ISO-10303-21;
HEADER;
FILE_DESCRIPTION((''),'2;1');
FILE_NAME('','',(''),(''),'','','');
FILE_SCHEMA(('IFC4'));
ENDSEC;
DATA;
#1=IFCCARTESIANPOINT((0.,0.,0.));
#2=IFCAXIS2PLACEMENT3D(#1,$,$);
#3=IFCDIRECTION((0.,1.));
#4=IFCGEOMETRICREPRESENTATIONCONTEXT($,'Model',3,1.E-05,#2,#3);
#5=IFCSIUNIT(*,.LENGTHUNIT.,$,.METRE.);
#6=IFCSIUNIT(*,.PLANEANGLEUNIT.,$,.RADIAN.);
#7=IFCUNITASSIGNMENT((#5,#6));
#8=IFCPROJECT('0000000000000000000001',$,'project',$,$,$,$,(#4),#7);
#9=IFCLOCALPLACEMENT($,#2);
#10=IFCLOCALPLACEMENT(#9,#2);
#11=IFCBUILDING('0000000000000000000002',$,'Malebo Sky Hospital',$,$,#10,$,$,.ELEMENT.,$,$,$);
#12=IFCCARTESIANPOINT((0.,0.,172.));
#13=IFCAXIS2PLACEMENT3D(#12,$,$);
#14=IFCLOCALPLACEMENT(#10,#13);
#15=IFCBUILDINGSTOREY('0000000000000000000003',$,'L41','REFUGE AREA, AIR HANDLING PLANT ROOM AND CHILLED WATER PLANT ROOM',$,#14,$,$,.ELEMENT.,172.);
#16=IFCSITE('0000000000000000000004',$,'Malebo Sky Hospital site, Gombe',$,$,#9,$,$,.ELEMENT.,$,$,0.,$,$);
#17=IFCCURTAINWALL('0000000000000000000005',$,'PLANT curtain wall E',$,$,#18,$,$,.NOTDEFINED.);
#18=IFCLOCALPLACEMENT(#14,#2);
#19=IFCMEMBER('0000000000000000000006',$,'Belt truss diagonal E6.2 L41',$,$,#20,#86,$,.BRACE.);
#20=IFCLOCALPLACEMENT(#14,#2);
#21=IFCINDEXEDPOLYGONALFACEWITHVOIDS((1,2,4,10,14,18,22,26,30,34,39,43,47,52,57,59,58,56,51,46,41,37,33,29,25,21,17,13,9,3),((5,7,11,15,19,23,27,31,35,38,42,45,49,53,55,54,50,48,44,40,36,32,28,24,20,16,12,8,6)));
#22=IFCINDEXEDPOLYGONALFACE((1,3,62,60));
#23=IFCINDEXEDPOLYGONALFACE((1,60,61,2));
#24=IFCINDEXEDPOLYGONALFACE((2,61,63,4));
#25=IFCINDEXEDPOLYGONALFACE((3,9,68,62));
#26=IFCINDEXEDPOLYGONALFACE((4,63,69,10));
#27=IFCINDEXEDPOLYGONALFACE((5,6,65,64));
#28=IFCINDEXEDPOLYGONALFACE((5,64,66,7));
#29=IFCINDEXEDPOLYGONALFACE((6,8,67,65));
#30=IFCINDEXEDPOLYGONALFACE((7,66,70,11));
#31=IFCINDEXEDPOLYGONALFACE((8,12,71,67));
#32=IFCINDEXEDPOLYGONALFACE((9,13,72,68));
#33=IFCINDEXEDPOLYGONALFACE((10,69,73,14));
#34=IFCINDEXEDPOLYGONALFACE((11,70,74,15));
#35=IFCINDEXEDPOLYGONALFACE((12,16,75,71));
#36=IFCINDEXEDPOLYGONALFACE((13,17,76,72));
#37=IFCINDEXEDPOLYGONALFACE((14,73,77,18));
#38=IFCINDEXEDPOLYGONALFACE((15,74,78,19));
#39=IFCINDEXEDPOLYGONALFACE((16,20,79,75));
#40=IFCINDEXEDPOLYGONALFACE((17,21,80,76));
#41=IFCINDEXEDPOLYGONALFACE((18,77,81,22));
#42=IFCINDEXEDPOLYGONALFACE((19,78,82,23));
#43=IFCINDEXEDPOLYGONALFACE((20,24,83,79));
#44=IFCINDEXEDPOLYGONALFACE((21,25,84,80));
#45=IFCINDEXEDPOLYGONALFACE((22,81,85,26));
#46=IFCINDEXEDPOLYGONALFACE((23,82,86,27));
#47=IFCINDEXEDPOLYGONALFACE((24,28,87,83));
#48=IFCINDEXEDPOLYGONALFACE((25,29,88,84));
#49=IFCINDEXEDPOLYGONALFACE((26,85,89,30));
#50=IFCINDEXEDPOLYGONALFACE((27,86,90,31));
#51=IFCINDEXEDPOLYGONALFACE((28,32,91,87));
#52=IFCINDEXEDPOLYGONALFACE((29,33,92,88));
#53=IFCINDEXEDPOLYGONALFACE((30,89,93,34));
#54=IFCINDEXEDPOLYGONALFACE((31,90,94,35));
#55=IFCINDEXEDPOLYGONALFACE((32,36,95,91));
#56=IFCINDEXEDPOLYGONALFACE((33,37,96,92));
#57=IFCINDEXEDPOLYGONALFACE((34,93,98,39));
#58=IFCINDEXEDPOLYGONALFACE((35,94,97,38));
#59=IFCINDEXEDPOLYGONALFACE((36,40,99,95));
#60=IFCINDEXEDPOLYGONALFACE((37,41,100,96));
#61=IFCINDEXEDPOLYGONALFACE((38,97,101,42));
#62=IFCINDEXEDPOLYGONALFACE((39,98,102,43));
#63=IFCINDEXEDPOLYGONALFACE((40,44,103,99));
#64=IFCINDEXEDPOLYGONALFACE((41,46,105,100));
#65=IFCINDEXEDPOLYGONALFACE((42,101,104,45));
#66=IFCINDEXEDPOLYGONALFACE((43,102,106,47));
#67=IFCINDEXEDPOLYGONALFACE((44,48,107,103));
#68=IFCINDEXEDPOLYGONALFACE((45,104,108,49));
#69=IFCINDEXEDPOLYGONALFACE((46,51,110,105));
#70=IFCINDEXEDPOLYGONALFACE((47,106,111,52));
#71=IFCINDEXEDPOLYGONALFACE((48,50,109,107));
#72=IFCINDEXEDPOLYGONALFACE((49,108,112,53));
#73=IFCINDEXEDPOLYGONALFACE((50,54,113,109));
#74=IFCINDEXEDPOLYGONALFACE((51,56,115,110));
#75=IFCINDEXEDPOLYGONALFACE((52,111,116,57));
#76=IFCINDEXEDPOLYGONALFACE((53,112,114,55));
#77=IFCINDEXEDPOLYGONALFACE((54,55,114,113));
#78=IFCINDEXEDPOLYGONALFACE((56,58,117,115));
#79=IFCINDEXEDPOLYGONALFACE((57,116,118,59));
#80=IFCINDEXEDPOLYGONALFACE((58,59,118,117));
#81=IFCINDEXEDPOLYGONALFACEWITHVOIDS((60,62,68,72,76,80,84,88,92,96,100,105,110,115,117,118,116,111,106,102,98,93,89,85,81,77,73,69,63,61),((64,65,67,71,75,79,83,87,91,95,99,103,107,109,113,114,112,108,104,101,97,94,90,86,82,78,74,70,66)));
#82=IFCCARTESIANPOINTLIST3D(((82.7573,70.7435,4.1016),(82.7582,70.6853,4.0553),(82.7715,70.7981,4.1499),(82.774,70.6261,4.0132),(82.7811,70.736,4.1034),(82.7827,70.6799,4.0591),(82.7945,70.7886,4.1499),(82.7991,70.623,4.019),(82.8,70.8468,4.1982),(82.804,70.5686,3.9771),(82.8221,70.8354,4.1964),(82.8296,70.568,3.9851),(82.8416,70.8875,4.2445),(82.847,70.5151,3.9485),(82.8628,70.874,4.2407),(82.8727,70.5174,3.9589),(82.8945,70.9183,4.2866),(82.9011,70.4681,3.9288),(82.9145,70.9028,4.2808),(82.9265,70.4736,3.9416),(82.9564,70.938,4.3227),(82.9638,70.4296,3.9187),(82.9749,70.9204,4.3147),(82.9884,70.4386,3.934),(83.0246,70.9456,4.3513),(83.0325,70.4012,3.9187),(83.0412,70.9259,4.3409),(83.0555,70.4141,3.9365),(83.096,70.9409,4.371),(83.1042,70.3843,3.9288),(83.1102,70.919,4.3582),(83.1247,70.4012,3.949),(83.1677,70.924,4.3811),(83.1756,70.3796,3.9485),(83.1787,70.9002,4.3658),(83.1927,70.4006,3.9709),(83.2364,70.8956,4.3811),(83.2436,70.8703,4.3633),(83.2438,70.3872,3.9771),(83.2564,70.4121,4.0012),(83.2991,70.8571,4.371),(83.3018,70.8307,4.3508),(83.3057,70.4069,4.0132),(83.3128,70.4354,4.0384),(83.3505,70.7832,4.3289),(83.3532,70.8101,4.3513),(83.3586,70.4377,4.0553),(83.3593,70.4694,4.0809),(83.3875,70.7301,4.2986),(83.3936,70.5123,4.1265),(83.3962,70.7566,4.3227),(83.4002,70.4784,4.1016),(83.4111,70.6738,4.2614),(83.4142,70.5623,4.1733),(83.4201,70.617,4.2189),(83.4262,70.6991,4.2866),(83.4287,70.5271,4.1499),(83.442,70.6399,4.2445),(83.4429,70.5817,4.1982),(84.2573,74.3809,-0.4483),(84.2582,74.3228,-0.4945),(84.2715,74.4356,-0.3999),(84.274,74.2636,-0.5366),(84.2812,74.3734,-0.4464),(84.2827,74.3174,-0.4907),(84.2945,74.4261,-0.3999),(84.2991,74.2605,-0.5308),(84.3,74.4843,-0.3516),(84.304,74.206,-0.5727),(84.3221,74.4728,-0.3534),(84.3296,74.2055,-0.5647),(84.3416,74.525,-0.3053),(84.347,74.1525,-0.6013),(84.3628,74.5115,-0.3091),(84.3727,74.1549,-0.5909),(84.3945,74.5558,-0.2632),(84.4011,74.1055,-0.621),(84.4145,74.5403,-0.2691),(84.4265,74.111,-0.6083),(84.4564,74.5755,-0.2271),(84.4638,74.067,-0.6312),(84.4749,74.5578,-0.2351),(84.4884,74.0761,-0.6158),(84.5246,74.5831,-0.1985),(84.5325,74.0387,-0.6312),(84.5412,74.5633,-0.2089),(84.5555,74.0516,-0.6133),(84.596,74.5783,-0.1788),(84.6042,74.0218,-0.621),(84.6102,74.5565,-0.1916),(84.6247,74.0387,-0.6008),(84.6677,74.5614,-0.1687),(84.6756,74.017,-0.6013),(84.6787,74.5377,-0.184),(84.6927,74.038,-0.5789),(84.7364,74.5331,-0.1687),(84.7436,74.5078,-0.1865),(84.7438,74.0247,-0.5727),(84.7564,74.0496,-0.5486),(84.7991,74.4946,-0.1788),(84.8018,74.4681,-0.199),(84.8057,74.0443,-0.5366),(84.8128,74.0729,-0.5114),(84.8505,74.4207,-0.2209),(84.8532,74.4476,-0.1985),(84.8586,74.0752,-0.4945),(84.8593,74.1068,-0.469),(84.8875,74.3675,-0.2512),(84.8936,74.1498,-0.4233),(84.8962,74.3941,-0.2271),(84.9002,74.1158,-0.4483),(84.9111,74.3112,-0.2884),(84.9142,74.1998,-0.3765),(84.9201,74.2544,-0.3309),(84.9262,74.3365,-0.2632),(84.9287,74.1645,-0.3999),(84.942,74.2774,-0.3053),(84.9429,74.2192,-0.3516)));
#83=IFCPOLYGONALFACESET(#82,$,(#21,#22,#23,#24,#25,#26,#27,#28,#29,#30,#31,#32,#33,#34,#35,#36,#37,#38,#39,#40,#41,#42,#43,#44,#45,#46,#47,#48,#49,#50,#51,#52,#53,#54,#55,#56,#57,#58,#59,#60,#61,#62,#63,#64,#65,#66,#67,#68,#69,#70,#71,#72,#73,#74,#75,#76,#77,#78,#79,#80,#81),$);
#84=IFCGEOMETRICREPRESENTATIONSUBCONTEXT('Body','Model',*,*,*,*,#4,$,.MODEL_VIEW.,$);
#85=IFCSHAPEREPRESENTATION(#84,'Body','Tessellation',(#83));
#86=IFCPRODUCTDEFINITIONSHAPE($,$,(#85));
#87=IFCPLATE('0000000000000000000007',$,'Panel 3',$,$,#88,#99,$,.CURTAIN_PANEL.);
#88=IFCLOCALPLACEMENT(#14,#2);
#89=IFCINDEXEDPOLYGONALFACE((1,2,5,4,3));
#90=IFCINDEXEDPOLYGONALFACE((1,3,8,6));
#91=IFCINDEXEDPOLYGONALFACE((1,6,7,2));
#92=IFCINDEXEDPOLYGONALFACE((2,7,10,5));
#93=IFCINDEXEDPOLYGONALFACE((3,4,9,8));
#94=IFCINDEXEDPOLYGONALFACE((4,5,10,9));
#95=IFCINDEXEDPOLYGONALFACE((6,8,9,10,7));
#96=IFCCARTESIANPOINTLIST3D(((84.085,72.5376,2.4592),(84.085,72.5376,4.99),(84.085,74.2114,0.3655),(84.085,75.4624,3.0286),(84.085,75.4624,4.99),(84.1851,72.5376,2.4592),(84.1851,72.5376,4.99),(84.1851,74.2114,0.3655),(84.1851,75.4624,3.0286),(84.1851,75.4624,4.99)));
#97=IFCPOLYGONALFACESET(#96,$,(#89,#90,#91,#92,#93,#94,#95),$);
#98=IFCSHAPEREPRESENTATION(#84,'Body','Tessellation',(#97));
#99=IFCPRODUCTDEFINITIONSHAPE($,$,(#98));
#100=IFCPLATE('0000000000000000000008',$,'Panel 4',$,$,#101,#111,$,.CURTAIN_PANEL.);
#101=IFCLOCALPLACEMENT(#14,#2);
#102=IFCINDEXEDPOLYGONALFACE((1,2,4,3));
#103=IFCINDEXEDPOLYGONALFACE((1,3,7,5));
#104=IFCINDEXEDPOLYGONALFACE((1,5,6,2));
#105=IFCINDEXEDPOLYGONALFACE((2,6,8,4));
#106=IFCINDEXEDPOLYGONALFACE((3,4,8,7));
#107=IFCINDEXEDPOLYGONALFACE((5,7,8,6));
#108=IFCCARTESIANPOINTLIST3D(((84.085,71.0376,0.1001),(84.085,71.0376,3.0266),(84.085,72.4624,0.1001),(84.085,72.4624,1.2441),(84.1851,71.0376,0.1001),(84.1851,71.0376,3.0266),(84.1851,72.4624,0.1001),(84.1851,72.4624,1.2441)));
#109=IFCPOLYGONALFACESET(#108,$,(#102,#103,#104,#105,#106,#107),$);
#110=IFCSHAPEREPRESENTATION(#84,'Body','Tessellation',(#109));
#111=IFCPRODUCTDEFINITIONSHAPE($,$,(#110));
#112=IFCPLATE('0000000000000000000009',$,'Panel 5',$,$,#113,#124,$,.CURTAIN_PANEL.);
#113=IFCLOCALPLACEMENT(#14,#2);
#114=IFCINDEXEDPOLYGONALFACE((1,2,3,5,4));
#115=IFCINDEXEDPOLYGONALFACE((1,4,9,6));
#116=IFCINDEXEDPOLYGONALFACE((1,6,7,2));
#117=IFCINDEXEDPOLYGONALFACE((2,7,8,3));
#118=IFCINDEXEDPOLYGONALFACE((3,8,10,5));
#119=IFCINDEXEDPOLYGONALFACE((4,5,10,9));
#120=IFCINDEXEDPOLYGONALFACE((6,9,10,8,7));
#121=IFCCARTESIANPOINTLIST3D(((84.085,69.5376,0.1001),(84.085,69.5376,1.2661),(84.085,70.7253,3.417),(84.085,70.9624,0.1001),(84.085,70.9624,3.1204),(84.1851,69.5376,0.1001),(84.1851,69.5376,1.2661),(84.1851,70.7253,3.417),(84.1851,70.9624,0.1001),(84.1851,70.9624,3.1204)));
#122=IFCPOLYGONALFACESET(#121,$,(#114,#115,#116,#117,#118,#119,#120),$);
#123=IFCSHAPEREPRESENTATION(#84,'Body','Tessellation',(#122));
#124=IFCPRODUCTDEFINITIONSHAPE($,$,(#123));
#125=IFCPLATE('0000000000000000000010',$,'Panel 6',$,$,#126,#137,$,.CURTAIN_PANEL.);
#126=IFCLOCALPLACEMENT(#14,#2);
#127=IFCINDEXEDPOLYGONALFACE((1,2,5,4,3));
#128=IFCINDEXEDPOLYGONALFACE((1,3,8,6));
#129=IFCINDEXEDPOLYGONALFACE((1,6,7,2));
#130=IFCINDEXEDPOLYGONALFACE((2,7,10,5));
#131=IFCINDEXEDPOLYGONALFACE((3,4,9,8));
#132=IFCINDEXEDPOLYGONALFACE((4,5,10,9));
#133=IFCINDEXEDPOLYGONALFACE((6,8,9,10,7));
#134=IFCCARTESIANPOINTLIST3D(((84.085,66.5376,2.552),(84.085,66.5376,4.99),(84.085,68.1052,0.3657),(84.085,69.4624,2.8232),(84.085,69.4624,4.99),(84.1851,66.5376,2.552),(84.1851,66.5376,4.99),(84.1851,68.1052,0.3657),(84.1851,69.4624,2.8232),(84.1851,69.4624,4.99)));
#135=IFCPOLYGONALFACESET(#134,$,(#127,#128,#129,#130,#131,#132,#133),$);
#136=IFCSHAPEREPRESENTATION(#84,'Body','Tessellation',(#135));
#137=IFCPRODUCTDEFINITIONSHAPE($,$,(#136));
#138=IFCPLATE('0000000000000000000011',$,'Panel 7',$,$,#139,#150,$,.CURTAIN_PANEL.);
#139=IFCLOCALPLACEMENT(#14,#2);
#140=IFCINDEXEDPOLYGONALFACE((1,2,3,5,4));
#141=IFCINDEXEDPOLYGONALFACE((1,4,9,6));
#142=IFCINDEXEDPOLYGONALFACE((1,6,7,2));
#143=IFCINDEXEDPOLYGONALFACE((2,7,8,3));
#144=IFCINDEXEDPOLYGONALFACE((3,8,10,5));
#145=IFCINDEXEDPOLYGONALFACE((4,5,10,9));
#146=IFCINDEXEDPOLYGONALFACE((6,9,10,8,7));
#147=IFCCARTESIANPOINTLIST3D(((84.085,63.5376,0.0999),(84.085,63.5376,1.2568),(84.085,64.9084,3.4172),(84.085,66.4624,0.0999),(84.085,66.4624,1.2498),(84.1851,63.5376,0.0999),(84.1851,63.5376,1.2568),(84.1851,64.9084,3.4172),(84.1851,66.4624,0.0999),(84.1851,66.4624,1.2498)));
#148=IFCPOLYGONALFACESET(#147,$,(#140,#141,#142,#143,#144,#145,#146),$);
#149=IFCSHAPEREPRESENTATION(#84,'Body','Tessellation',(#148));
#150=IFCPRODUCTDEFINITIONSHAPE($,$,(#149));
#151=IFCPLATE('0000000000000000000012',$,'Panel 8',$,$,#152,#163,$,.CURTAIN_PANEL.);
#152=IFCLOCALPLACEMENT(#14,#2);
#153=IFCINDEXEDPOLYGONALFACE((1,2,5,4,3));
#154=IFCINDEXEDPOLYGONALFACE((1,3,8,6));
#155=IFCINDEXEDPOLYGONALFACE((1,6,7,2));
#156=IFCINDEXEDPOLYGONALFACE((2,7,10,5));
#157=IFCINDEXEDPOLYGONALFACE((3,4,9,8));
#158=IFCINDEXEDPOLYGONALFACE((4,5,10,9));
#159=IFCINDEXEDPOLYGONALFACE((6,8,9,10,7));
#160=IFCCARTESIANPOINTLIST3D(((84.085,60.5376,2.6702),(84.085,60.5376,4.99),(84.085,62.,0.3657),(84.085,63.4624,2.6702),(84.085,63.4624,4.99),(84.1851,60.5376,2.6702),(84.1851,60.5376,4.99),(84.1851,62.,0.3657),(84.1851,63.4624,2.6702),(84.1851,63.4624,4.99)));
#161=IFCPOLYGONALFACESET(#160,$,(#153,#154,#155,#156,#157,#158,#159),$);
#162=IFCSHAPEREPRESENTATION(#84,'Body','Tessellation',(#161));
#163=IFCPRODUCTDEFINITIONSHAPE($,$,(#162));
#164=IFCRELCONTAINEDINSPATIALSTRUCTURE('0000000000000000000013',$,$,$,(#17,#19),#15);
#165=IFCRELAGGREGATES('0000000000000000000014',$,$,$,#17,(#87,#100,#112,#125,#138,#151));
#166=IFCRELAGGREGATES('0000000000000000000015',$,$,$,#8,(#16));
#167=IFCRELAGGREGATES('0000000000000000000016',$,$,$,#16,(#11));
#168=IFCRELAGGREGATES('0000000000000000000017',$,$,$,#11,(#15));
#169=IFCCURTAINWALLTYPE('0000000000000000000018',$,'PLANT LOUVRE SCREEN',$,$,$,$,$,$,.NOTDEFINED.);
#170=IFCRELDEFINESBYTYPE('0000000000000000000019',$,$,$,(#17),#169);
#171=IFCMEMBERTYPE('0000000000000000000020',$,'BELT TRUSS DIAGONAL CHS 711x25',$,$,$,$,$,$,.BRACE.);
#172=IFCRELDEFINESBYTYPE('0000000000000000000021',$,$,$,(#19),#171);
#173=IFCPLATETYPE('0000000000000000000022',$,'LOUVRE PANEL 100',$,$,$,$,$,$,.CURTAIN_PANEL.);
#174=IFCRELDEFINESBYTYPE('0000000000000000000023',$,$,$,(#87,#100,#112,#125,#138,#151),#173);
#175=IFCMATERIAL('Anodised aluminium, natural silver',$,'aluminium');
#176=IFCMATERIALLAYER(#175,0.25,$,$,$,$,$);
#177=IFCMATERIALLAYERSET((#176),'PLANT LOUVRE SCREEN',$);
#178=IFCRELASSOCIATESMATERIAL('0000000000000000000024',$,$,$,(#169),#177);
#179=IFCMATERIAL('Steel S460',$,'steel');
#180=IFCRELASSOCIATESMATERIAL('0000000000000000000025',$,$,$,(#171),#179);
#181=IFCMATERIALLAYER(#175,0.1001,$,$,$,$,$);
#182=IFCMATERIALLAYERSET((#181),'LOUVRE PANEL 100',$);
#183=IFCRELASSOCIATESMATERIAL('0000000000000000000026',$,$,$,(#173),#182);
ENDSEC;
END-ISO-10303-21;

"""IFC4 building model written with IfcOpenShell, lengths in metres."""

from ifc_helpers import new_model, si_unit, direction, frame, origin, origin_2d, place, context, subcontext, project, spatial, polyline, hollow_circle, outline, extrude, material, layer, layer_set, material_profile, profile_set, type_object, element, aggregate, save


model = new_model("IFC4")

# Units and contexts
model_context = context("Model", 3, precision=1e-05, world=origin(), true_north=direction((0.0, 1.0)))
body_context = subcontext(model_context, "Body", "Model", "MODEL_VIEW")
ifc_project = project(units=[si_unit("LENGTHUNIT", "METRE"), si_unit("PLANEANGLEUNIT", "RADIAN")], contexts=[model_context])

# Site, building, storey
site_placement = place(None, origin())
site = spatial("IfcSite", under=ifc_project, at=site_placement, Name="Malebo Sky Hospital site, Gombe", CompositionType="ELEMENT", RefElevation=0.0)
building_placement = place(site_placement, origin())
building = spatial("IfcBuilding", under=site, at=building_placement, Name="Malebo Sky Hospital", CompositionType="ELEMENT")
storey_placement = place(building_placement, frame((0.0, 0.0, 172.0)))
storey = spatial("IfcBuildingStorey", under=building, at=storey_placement, Name="L41", Description="REFUGE AREA, AIR HANDLING PLANT ROOM AND CHILLED WATER PLANT ROOM", CompositionType="ELEMENT", Elevation=172.0)

# Curtain wall
ifc_material_1 = material(Name="Anodised aluminium, natural silver", Category="aluminium")
ifc_layer_1 = layer(ifc_material_1, 0.25)
ifc_layer_set_1 = layer_set([ifc_layer_1], Name="PLANT LOUVRE SCREEN")
curtain_wall_type = type_object("IfcCurtainWallType", Name="PLANT LOUVRE SCREEN", PredefinedType="NOTDEFINED", material=ifc_layer_set_1)
curtain_wall_placement = place(storey_placement, origin())
curtain_wall = element("IfcCurtainWall", 1, at=curtain_wall_placement, inside=storey, type_object=curtain_wall_type, Name="PLANT curtain wall E", PredefinedType="NOTDEFINED")

# Member
ifc_material_2 = material(Name="Steel S460", Category="steel")
ifc_material_profile_1 = material_profile(ifc_material_2, hollow_circle(Radius=0.3555, WallThickness=0.0249, at=origin_2d()), Name="CHS 711x25")
ifc_profile_set_1 = profile_set([ifc_material_profile_1], Name="Steel S460")
member_type_1 = type_object("IfcMemberType", Name="BELT TRUSS DIAGONAL CHS 711x25", PredefinedType="BRACE", material=ifc_profile_set_1)
member_1_placement = place(storey_placement, frame((83.1001, 70.6626, 4.1499), z_axis=(0.249371, 0.604717, -0.756394), x_axis=(-0.924479, 0.381233, 0.0)))
element("IfcMember", 2, at=member_1_placement, inside=storey, type_object=member_type_1, Name="Belt truss diagonal E6.2 L41", PredefinedType="BRACE", context=body_context, shape_type="SweptSolid", body=[
    extrude(hollow_circle(Radius=0.3555, WallThickness=0.0249, at=origin_2d()), origin(), (0.0, 0.0, 1.0), 6.0151),
])

# Plates
ifc_layer_2 = layer(ifc_material_1, 0.1001)
ifc_layer_set_2 = layer_set([ifc_layer_2], Name="LOUVRE PANEL 100")
plate_type = type_object("IfcPlateType", Name="LOUVRE PANEL 100", PredefinedType="CURTAIN_PANEL", material=ifc_layer_set_2)
plate_1_placement = place(storey_placement, frame((84.135, 74.0, 0.3655), z_axis=(0.0, 0.0, 1.0), x_axis=(0.0, -1.0, 0.0)))
plate_1 = element("IfcPlate", 3, at=plate_1_placement, type_object=plate_type, Name="Panel 3", PredefinedType="CURTAIN_PANEL", context=body_context, shape_type="SweptSolid", body=[
    extrude(outline(polyline([(-0.2114, 0.0), (1.4624, 2.0938), (1.4624, 4.6245), (-1.4624, 4.6245), (-1.4624, 2.6631), (-0.2114, 0.0)])), frame((0.0, 0.05, 0.0), z_axis=(0.0, -1.0, 0.0), x_axis=(1.0, 0.0, 0.0)), (0.0, 0.0, 1.0), 0.1001),
])
plate_2_placement = place(storey_placement, frame((84.135, 71.75, 0.1001), z_axis=(0.0, 0.0, 1.0), x_axis=(0.0, -1.0, 0.0)))
plate_2 = element("IfcPlate", 4, at=plate_2_placement, type_object=plate_type, Name="Panel 4", PredefinedType="CURTAIN_PANEL", context=body_context, shape_type="SweptSolid", body=[
    extrude(outline(polyline([(-0.7124, 0.0), (0.7124, 0.0), (0.7124, 2.9265), (-0.7124, 1.144), (-0.7124, 0.0)])), frame((0.0, 0.05, 0.0), z_axis=(0.0, -1.0, 0.0), x_axis=(1.0, 0.0, 0.0)), (0.0, 0.0, 1.0), 0.1001),
])
plate_3_placement = place(storey_placement, frame((84.135, 70.25, 0.1001), z_axis=(0.0, 0.0, 1.0), x_axis=(0.0, -1.0, 0.0)))
plate_3 = element("IfcPlate", 5, at=plate_3_placement, type_object=plate_type, Name="Panel 5", PredefinedType="CURTAIN_PANEL", context=body_context, shape_type="SweptSolid", body=[
    extrude(outline(polyline([(-0.7124, 0.0), (0.7124, 0.0), (0.7124, 1.166), (-0.4753, 3.3169), (-0.7124, 3.0203), (-0.7124, 0.0)])), frame((0.0, 0.05, 0.0), z_axis=(0.0, -1.0, 0.0), x_axis=(1.0, 0.0, 0.0)), (0.0, 0.0, 1.0), 0.1001),
])
plate_4_placement = place(storey_placement, frame((84.135, 68.0, 0.3657), z_axis=(0.0, 0.0, 1.0), x_axis=(0.0, -1.0, 0.0)))
plate_4 = element("IfcPlate", 6, at=plate_4_placement, type_object=plate_type, Name="Panel 6", PredefinedType="CURTAIN_PANEL", context=body_context, shape_type="SweptSolid", body=[
    extrude(outline(polyline([(-0.1052, 0.0), (1.4624, 2.1863), (1.4624, 4.6243), (-1.4624, 4.6243), (-1.4624, 2.4575), (-0.1052, 0.0)])), frame((0.0, 0.05, 0.0), z_axis=(0.0, -1.0, 0.0), x_axis=(1.0, 0.0, 0.0)), (0.0, 0.0, 1.0), 0.1001),
])
plate_5_placement = place(storey_placement, frame((84.135, 65.0, 0.0999), z_axis=(0.0, 0.0, 1.0), x_axis=(0.0, -1.0, 0.0)))
plate_5 = element("IfcPlate", 7, at=plate_5_placement, type_object=plate_type, Name="Panel 7", PredefinedType="CURTAIN_PANEL", context=body_context, shape_type="SweptSolid", body=[
    extrude(outline(polyline([(-1.4624, 0.0), (1.4624, 0.0), (1.4624, 1.157), (0.0916, 3.3174), (-1.4624, 1.1499), (-1.4624, 0.0)])), frame((0.0, 0.05, 0.0), z_axis=(0.0, -1.0, 0.0), x_axis=(1.0, 0.0, 0.0)), (0.0, 0.0, 1.0), 0.1001),
])
plate_6_placement = place(storey_placement, frame((84.135, 62.0, 0.3657), z_axis=(0.0, 0.0, 1.0), x_axis=(0.0, -1.0, 0.0)))
plate_6 = element("IfcPlate", 8, at=plate_6_placement, type_object=plate_type, Name="Panel 8", PredefinedType="CURTAIN_PANEL", context=body_context, shape_type="SweptSolid", body=[
    extrude(outline(polyline([(0.0, 0.0), (1.4624, 2.3044), (1.4624, 4.6243), (-1.4624, 4.6243), (-1.4624, 2.3044), (0.0, 0.0)])), frame((0.0, 0.05, 0.0), z_axis=(0.0, -1.0, 0.0), x_axis=(1.0, 0.0, 0.0)), (0.0, 0.0, 1.0), 0.1001),
])
aggregate(curtain_wall, [plate_1, plate_2, plate_3, plate_4, plate_5, plate_6])

save(model, "model.ifc")
